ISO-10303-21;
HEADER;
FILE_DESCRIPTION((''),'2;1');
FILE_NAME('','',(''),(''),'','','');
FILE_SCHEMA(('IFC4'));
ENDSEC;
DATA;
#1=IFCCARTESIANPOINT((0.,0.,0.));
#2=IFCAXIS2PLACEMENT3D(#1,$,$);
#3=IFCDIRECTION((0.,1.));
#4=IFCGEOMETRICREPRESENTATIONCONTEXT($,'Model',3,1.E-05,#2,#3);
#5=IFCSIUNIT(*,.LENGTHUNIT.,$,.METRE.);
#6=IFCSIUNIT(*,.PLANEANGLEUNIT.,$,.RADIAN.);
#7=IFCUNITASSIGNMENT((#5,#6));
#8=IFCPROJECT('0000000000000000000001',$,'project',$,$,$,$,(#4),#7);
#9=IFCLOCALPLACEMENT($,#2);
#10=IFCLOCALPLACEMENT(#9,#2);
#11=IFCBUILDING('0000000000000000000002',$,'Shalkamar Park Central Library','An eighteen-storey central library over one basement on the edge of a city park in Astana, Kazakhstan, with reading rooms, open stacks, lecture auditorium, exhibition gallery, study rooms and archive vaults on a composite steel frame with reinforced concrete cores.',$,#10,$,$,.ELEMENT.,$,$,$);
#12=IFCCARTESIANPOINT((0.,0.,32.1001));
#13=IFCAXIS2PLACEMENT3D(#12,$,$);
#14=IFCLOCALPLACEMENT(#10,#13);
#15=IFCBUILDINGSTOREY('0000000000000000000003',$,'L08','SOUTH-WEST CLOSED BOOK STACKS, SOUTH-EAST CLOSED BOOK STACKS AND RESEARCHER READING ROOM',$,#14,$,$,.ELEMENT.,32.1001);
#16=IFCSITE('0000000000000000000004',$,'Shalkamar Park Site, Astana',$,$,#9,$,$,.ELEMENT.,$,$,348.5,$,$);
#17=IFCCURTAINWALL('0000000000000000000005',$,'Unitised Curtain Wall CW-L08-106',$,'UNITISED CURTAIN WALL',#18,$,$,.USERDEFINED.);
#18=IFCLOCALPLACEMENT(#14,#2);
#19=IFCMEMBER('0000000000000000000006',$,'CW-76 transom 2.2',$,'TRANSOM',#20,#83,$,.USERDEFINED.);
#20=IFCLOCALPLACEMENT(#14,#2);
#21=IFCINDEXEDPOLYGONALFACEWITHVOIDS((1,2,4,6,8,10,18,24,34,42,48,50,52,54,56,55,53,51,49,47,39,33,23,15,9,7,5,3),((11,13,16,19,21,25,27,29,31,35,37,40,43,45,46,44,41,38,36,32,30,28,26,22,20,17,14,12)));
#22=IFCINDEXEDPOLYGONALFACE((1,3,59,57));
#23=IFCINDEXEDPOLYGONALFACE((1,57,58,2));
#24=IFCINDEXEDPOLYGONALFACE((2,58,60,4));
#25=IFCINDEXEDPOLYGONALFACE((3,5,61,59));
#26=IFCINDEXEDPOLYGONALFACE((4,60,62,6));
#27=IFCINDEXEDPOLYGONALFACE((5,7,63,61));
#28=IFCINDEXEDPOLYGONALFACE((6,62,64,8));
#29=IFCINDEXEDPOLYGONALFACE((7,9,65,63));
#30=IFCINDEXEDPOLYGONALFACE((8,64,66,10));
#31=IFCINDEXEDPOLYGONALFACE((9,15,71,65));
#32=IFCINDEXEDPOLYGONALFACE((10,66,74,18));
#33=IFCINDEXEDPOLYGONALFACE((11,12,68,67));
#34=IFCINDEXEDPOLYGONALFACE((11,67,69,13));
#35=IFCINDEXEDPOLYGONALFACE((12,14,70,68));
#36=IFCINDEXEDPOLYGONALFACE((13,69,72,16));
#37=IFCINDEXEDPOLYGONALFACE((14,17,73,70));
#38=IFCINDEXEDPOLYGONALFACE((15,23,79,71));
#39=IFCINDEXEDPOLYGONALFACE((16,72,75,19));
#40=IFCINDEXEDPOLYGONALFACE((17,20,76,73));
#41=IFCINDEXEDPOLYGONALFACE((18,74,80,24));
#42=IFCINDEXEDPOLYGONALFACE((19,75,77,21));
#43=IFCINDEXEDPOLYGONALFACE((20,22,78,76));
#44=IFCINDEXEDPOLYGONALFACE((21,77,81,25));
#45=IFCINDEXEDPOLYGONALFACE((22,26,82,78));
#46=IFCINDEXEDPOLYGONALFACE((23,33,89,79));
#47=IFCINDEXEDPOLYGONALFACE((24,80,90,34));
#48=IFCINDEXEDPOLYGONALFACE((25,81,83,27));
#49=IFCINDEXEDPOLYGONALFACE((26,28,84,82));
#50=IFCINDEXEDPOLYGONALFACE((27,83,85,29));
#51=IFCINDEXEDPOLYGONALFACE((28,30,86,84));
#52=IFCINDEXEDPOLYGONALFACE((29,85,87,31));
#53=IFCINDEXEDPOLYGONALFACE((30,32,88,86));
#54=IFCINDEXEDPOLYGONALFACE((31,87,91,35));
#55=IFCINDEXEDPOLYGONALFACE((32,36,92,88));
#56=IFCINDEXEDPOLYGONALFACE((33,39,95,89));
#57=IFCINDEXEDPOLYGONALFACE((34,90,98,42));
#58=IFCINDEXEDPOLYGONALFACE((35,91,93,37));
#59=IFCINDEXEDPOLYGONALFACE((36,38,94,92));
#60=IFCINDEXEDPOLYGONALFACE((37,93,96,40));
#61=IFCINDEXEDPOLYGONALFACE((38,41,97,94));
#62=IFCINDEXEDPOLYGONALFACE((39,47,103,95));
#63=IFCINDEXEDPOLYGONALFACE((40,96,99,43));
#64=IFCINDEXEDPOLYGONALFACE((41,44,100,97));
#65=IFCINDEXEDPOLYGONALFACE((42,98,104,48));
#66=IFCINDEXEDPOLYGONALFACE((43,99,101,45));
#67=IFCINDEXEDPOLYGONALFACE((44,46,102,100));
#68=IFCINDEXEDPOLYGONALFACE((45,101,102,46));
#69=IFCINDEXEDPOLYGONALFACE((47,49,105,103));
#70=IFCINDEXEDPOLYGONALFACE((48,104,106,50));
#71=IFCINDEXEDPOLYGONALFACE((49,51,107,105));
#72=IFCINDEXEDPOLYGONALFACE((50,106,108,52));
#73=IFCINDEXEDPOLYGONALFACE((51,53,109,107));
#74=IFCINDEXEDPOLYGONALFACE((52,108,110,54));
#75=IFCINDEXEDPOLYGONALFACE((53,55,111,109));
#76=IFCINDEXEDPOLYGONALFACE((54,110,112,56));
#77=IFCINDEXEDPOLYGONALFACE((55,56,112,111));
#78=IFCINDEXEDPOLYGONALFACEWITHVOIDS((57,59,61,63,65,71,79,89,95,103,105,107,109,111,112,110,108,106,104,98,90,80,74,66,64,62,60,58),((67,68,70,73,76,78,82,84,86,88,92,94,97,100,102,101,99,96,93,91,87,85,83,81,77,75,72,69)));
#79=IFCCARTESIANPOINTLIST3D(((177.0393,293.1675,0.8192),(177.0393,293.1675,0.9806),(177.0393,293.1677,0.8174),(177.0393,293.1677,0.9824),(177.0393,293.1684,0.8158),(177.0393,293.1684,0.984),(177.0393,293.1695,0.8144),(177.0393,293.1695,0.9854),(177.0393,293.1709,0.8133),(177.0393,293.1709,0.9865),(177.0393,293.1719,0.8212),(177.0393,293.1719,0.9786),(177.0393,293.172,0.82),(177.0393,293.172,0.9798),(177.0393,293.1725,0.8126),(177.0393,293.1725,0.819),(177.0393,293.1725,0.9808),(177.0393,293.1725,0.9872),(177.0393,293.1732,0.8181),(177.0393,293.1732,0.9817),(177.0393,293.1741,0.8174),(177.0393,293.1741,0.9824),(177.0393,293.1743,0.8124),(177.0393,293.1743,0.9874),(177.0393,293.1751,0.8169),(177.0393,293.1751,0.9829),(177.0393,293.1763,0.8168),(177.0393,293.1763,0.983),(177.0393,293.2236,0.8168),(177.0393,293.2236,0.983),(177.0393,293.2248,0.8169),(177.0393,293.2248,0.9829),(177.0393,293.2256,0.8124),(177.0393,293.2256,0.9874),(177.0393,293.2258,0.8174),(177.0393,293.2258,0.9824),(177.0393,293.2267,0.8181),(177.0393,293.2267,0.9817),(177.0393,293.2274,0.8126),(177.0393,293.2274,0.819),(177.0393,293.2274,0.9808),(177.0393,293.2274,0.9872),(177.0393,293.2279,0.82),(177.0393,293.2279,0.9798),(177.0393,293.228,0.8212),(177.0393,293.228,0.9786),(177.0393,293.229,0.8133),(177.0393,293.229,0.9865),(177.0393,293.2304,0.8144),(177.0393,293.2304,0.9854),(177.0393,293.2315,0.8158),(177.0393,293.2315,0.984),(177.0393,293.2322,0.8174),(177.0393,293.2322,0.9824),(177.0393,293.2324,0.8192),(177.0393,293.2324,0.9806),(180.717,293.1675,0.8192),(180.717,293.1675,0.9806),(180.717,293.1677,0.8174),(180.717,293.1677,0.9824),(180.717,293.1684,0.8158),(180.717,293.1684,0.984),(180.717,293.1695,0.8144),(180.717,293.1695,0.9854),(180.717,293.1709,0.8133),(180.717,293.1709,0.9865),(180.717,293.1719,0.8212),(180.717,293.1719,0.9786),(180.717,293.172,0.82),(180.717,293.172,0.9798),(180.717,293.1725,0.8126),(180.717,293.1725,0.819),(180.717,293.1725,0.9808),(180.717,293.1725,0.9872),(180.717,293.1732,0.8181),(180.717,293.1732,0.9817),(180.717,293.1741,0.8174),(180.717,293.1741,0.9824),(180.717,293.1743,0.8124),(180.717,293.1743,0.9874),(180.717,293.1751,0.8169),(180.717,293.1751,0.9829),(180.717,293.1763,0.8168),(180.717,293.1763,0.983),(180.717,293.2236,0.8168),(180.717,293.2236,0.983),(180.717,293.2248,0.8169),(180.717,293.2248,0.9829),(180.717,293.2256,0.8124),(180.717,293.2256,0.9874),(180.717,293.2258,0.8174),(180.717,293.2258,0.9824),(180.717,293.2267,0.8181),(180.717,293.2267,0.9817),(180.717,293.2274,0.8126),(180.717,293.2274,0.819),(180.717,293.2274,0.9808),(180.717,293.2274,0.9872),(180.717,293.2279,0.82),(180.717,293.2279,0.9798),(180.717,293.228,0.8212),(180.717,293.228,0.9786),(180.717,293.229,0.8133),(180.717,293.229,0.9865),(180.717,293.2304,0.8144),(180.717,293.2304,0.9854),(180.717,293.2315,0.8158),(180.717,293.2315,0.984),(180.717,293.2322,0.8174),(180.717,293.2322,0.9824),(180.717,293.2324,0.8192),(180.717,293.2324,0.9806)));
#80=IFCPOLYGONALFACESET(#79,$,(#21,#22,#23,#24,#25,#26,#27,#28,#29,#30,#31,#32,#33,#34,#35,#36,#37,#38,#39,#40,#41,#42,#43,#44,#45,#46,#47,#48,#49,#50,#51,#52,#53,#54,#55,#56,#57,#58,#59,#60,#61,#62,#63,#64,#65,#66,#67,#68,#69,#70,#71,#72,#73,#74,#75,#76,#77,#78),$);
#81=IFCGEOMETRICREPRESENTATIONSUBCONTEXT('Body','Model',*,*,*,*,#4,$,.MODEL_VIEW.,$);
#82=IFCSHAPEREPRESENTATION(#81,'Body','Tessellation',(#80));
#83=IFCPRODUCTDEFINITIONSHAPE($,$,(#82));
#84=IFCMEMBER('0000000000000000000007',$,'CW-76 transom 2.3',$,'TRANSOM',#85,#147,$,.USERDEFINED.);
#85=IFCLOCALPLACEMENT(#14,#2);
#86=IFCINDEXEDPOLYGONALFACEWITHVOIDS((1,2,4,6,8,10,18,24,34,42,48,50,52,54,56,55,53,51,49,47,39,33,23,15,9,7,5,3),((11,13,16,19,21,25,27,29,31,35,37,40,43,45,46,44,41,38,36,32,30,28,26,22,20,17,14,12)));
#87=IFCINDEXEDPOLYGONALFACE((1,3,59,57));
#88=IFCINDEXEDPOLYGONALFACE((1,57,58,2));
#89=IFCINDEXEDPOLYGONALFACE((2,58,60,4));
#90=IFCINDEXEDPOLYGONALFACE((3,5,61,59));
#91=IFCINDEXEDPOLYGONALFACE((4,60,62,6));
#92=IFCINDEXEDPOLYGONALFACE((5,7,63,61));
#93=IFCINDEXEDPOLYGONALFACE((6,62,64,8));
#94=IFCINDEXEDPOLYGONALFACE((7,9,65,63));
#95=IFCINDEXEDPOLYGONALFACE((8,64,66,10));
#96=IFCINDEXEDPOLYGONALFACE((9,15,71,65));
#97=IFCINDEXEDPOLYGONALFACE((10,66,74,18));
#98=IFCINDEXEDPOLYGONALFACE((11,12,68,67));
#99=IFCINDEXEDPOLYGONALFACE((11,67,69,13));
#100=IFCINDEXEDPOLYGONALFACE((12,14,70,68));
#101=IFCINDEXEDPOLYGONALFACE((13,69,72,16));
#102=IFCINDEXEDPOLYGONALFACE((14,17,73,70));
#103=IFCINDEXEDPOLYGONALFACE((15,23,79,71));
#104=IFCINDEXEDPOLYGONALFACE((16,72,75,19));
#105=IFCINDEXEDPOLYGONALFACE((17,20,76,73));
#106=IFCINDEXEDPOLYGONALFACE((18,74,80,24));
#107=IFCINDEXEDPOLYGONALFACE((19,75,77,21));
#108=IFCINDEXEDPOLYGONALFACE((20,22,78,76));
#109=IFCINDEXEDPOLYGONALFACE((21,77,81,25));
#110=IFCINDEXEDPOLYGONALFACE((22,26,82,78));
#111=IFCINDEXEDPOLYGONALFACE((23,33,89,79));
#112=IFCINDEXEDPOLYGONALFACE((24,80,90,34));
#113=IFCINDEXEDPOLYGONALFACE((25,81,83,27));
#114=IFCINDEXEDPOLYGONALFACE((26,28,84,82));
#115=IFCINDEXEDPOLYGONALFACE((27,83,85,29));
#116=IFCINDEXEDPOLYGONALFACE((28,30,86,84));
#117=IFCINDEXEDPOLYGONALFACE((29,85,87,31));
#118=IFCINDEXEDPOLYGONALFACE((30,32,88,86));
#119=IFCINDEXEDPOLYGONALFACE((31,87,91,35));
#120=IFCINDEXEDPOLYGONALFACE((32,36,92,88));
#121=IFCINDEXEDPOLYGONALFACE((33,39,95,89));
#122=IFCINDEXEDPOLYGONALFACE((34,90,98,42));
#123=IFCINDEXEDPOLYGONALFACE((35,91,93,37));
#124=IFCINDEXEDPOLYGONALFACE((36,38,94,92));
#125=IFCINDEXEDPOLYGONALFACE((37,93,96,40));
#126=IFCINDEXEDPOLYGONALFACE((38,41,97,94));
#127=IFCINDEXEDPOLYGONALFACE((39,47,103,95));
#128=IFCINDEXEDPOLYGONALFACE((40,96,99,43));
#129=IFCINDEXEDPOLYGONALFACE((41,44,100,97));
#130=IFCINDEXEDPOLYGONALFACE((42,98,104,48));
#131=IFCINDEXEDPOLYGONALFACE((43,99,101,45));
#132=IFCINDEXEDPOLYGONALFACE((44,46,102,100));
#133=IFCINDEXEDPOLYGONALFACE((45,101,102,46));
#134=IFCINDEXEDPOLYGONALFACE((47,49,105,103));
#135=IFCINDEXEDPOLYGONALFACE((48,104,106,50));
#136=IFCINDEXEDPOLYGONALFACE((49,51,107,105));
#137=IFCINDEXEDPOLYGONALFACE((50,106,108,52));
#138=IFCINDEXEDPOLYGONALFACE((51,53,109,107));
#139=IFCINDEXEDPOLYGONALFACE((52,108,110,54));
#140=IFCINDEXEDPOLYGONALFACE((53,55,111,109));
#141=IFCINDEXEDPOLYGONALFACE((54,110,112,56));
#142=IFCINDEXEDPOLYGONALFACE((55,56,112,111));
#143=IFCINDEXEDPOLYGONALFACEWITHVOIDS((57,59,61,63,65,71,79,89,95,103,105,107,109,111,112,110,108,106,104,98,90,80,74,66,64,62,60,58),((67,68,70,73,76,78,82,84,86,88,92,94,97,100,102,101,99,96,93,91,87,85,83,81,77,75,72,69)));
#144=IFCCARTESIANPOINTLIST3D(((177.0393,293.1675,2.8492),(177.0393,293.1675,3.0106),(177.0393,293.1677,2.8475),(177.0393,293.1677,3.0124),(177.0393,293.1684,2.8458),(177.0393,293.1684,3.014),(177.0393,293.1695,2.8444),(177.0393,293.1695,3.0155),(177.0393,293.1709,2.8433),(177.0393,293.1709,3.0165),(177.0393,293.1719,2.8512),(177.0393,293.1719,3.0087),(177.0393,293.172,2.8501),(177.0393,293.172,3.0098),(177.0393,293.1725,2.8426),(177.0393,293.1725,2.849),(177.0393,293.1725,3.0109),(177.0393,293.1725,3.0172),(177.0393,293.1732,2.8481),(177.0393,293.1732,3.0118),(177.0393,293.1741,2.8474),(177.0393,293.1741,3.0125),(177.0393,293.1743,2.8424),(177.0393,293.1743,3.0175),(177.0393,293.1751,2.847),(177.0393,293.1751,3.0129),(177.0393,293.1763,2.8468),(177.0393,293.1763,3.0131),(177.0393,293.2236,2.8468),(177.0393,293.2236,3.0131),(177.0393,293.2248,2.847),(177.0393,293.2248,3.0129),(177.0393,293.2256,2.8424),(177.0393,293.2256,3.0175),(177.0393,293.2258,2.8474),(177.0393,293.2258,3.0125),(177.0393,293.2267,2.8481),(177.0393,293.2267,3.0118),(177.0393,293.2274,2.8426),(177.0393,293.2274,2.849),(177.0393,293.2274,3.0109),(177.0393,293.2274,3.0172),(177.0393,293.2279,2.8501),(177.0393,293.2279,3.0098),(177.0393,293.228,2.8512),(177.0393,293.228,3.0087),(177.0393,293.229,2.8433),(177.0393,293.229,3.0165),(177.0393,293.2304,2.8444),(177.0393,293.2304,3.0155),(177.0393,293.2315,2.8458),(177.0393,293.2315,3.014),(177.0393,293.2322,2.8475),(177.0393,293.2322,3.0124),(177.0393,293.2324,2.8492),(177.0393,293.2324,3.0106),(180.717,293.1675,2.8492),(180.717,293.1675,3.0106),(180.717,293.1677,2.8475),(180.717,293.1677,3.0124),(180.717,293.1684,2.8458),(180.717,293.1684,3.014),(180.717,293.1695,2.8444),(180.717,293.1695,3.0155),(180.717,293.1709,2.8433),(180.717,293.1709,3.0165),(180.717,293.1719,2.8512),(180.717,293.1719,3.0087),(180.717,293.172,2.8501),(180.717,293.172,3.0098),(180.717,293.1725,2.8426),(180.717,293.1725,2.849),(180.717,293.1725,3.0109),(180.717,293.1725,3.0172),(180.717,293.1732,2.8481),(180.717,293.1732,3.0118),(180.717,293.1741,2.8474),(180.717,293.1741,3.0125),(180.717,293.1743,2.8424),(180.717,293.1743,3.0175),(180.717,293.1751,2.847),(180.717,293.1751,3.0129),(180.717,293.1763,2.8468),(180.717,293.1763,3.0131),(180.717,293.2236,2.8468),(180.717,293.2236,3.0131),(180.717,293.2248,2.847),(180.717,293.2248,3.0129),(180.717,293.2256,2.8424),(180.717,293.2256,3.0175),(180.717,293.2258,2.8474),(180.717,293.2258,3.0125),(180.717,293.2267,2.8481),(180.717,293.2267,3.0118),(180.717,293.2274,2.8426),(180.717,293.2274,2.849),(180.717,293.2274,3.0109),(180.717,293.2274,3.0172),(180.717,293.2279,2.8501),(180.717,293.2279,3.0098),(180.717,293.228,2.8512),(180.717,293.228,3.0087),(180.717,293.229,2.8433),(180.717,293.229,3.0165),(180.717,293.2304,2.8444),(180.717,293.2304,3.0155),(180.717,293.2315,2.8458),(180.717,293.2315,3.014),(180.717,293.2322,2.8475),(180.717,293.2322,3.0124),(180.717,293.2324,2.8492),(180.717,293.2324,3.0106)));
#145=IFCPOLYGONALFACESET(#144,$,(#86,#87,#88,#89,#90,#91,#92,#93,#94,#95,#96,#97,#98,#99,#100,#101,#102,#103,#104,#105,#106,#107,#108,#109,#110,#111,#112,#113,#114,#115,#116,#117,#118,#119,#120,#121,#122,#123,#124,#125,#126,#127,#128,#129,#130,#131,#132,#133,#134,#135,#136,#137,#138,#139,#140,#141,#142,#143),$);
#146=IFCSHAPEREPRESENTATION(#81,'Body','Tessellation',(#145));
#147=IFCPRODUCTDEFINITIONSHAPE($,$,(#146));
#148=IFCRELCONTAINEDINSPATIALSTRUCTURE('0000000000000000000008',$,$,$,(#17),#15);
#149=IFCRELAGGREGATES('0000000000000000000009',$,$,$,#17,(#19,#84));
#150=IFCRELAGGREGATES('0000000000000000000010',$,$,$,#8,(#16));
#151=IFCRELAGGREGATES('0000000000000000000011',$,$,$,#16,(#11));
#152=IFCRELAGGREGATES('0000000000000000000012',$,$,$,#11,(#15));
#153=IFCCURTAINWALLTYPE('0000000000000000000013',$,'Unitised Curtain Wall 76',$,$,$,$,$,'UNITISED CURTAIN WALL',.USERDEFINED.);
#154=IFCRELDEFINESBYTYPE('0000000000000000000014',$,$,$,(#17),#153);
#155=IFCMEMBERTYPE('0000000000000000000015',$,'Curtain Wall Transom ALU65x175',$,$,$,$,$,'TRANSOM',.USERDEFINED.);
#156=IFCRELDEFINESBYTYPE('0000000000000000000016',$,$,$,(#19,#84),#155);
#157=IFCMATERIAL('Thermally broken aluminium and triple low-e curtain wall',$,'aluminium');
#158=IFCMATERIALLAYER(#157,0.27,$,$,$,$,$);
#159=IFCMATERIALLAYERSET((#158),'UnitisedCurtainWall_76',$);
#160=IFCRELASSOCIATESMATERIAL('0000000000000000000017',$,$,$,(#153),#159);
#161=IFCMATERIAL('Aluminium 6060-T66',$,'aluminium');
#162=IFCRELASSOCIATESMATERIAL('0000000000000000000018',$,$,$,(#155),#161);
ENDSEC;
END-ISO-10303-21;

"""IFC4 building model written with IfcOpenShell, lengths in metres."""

from ifc_helpers import new_model, si_unit, direction, frame, origin, origin_2d, place, context, subcontext, project, spatial, hollow_rectangle, extrude, material, layer, layer_set, material_profile, profile_set, type_object, element, aggregate, save


model = new_model("IFC4")

# Units and contexts
model_context = context("Model", 3, precision=1e-05, world=origin(), true_north=direction((0.0, 1.0)))
body_context = subcontext(model_context, "Body", "Model", "MODEL_VIEW")
ifc_project = project(units=[si_unit("LENGTHUNIT", "METRE"), si_unit("PLANEANGLEUNIT", "RADIAN")], contexts=[model_context])

# Site, building, storey
site_placement = place(None, origin())
site = spatial("IfcSite", under=ifc_project, at=site_placement, Name="Shalkamar Park Site, Astana", CompositionType="ELEMENT", RefElevation=348.5)
building_placement = place(site_placement, origin())
building = spatial("IfcBuilding", under=site, at=building_placement, Name="Shalkamar Park Central Library", Description="An eighteen-storey central library over one basement on the edge of a city park in Astana, Kazakhstan, with reading rooms, open stacks, lecture auditorium, exhibition gallery, study rooms and archive vaults on a composite steel frame with reinforced concrete cores.", CompositionType="ELEMENT")
storey_placement = place(building_placement, frame((0.0, 0.0, 32.1001)))
storey = spatial("IfcBuildingStorey", under=building, at=storey_placement, Name="L08", Description="SOUTH-WEST CLOSED BOOK STACKS, SOUTH-EAST CLOSED BOOK STACKS AND RESEARCHER READING ROOM", CompositionType="ELEMENT", Elevation=32.1001)

# Curtain wall
ifc_material_1 = material(Name="Thermally broken aluminium and triple low-e curtain wall", Category="aluminium")
ifc_layer_1 = layer(ifc_material_1, 0.27)
ifc_layer_set_1 = layer_set([ifc_layer_1], Name="UnitisedCurtainWall_76")
curtain_wall_type_1 = type_object("IfcCurtainWallType", Name="Unitised Curtain Wall 76", ElementType="UNITISED CURTAIN WALL", PredefinedType="USERDEFINED", material=ifc_layer_set_1)
curtain_wall_1_placement = place(storey_placement, origin())
curtain_wall_1 = element("IfcCurtainWall", 1, at=curtain_wall_1_placement, inside=storey, type_object=curtain_wall_type_1, Name="Unitised Curtain Wall CW-L08-106", ObjectType="UNITISED CURTAIN WALL", PredefinedType="USERDEFINED")
ifc_material_2 = material(Name="Aluminium 6060-T66", Category="aluminium")

# Members
ifc_material_profile_1 = material_profile(ifc_material_2, hollow_rectangle(XDim=0.0649, YDim=0.175, WallThickness=0.0044, InnerFilletRadius=0.0044, OuterFilletRadius=0.0068, at=origin_2d()), Name="ALU 65x175x4.5")
ifc_profile_set_1 = profile_set([ifc_material_profile_1], Name="Aluminium 6060-T66")
member_type_1 = type_object("IfcMemberType", Name="Curtain Wall Transom ALU65x175", ElementType="TRANSOM", PredefinedType="USERDEFINED", material=ifc_profile_set_1)
member_1_placement = place(storey_placement, frame((177.0393, 293.2, 0.8999), z_axis=(1.0, 0.0, 0.0), x_axis=(0.0, 1.0, 0.0)))
member_1 = element("IfcMember", 2, at=member_1_placement, type_object=member_type_1, Name="CW-76 transom 2.2", ObjectType="TRANSOM", PredefinedType="USERDEFINED", context=body_context, shape_type="SweptSolid", body=[
    extrude(hollow_rectangle(XDim=0.0649, YDim=0.175, WallThickness=0.0044, InnerFilletRadius=0.0044, OuterFilletRadius=0.0068, at=origin_2d()), origin(), (0.0, 0.0, 1.0), 3.6777),
])
member_2_placement = place(storey_placement, frame((177.0393, 293.2, 2.9299), z_axis=(1.0, 0.0, 0.0), x_axis=(0.0, 1.0, 0.0)))
member_2 = element("IfcMember", 3, at=member_2_placement, type_object=member_type_1, Name="CW-76 transom 2.3", ObjectType="TRANSOM", PredefinedType="USERDEFINED", context=body_context, shape_type="SweptSolid", body=[
    extrude(hollow_rectangle(XDim=0.0649, YDim=0.175, WallThickness=0.0044, InnerFilletRadius=0.0044, OuterFilletRadius=0.0068, at=origin_2d()), origin(), (0.0, 0.0, 1.0), 3.6777),
])

aggregate(curtain_wall_1, [member_1, member_2])

save(model, "model.ifc")
